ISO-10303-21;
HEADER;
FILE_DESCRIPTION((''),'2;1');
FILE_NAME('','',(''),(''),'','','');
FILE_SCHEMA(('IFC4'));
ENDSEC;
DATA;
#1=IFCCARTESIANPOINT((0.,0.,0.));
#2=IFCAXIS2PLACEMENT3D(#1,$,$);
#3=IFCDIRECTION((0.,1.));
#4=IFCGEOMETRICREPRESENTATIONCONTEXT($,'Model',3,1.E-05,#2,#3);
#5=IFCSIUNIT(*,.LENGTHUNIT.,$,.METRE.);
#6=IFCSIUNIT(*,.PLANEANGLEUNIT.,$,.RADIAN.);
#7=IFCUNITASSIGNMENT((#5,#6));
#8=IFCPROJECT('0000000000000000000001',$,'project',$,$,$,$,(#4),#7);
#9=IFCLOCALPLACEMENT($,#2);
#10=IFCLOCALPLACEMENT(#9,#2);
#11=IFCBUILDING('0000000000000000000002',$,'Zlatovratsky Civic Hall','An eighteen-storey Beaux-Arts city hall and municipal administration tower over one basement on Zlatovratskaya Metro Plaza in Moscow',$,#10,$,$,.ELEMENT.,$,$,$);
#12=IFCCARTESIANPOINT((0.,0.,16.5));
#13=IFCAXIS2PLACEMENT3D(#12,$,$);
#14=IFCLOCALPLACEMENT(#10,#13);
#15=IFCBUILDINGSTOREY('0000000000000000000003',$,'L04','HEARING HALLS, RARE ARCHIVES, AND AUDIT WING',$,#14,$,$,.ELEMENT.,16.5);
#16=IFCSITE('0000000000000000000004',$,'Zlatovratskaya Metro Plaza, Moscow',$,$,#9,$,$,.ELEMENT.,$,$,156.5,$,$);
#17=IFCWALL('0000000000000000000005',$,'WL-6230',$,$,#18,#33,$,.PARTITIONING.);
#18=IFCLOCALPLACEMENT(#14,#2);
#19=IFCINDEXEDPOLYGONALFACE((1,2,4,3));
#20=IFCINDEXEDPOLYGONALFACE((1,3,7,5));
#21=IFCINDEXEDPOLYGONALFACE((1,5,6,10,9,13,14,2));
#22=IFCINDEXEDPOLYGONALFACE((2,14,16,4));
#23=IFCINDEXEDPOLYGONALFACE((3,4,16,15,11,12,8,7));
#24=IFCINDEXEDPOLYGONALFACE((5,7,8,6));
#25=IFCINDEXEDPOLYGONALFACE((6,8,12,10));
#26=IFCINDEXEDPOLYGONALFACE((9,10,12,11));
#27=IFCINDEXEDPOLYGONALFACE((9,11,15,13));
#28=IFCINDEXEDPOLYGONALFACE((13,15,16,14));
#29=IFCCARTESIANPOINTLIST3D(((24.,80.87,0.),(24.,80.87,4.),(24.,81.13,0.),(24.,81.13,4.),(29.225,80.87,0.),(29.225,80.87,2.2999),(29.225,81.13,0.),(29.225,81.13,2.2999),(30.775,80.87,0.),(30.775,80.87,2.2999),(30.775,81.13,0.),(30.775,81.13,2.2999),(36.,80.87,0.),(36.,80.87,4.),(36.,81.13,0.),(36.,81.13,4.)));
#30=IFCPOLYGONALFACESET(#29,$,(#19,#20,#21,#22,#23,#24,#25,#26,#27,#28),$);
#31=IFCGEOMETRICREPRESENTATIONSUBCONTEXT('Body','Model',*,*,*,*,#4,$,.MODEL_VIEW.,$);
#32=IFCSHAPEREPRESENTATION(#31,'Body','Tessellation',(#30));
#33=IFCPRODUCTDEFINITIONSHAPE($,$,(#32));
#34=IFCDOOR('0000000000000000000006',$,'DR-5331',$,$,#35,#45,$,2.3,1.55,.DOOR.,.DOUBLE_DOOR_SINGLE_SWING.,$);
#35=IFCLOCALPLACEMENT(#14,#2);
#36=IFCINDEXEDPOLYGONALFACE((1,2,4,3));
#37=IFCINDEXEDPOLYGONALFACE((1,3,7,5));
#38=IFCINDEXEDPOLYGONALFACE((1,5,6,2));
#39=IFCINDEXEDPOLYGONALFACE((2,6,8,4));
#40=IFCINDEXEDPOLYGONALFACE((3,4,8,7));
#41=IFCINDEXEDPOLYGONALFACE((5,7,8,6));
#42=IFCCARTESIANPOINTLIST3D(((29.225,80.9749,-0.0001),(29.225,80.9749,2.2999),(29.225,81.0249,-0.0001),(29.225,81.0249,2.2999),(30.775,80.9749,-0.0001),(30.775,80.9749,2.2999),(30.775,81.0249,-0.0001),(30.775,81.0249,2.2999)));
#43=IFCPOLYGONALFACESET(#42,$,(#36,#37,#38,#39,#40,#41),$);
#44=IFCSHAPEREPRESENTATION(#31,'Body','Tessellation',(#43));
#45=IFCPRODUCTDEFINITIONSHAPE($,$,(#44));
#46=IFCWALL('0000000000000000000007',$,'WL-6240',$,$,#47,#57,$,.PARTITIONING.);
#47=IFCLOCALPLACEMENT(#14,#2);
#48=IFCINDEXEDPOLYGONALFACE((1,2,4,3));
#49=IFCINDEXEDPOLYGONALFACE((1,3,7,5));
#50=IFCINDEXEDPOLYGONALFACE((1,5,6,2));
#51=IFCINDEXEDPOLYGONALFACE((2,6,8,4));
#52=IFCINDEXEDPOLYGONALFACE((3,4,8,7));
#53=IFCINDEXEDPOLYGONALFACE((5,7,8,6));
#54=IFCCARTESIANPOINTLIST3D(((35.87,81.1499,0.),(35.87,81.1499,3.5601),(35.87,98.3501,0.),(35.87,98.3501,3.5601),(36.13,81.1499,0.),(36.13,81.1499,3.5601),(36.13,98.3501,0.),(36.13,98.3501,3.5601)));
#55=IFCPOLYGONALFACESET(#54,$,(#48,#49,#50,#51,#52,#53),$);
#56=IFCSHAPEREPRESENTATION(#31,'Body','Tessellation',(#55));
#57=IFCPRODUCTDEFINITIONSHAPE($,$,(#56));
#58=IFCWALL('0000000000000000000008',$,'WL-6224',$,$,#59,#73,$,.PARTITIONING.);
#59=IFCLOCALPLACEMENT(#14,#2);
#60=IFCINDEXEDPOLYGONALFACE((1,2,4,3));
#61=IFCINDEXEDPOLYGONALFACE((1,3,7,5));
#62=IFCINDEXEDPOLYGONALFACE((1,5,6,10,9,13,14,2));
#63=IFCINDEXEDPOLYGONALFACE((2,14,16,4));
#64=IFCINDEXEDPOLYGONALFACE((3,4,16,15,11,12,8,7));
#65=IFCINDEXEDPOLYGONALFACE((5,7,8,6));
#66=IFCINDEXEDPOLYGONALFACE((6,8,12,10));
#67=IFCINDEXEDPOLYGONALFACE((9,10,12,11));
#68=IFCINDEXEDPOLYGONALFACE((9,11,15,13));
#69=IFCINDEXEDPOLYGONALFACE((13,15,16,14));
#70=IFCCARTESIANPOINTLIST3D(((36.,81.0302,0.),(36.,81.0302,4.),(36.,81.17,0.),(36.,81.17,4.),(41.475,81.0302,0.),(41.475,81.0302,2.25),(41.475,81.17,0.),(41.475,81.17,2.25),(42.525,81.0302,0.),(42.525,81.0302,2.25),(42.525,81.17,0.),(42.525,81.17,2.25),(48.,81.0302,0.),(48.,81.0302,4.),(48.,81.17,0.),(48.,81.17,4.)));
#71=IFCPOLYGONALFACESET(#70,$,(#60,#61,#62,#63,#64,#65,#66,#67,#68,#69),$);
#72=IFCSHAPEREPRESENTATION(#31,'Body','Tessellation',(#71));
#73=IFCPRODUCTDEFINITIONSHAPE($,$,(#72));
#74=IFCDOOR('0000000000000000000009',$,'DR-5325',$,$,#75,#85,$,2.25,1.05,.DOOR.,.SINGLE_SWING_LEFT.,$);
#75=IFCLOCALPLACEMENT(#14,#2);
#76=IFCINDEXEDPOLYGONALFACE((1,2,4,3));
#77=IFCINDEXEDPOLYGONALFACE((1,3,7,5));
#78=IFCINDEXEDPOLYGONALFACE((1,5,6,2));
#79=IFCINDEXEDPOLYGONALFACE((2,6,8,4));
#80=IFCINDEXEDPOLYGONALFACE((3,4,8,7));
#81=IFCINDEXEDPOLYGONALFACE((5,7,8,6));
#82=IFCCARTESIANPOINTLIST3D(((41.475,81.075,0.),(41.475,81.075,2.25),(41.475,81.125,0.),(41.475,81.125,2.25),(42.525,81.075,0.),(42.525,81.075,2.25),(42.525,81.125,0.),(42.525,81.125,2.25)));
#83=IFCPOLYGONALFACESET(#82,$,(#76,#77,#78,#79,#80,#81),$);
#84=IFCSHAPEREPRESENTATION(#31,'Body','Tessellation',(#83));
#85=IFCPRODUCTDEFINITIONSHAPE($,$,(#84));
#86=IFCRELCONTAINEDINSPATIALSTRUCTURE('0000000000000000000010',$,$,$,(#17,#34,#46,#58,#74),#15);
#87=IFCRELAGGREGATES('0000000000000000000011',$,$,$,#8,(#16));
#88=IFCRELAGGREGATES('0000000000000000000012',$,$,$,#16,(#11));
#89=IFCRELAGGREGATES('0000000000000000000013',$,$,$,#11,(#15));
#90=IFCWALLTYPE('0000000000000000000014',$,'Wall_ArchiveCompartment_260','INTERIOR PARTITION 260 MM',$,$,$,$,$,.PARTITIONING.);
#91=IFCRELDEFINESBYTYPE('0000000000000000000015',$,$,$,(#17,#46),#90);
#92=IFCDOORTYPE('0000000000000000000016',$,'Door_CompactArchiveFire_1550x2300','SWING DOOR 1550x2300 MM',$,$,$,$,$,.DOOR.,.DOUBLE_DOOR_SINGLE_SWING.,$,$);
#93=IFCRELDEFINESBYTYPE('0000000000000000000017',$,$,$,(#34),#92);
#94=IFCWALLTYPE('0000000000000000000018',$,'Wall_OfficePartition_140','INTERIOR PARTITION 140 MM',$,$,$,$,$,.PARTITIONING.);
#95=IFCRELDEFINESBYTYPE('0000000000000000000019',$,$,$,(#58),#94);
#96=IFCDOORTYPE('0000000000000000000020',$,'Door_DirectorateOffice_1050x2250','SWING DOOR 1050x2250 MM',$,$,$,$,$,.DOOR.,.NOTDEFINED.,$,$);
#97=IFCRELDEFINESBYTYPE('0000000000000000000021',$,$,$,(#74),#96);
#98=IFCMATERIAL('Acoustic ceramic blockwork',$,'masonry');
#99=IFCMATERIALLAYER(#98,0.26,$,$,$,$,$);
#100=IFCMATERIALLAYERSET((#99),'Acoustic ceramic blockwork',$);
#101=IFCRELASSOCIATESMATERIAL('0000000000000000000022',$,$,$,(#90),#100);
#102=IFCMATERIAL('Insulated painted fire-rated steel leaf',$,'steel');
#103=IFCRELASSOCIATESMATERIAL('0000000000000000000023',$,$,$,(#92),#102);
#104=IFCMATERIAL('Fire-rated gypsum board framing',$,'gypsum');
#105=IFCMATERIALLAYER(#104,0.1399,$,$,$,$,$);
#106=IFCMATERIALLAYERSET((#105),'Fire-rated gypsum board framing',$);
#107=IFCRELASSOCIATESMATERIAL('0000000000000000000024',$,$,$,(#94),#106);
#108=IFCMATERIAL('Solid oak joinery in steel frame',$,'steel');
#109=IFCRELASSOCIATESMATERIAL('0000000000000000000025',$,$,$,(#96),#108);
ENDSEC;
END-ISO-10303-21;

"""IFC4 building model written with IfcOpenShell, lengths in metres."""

from ifc_helpers import new_model, si_unit, direction, frame, frame_2d, origin, place, context, subcontext, project, spatial, rectangle, extrude, material, layer, layer_set, type_object, element, fill, save


model = new_model("IFC4")

# Units and contexts
model_context = context("Model", 3, precision=1e-05, world=origin(), true_north=direction((0.0, 1.0)))
body_context = subcontext(model_context, "Body", "Model", "MODEL_VIEW")
ifc_project = project(units=[si_unit("LENGTHUNIT", "METRE"), si_unit("PLANEANGLEUNIT", "RADIAN")], contexts=[model_context])

# Site, building, storey
site_placement = place(None, origin())
site = spatial("IfcSite", under=ifc_project, at=site_placement, Name="Zlatovratskaya Metro Plaza, Moscow", CompositionType="ELEMENT", RefElevation=156.5)
building_placement = place(site_placement, origin())
building = spatial("IfcBuilding", under=site, at=building_placement, Name="Zlatovratsky Civic Hall", Description="An eighteen-storey Beaux-Arts city hall and municipal administration tower over one basement on Zlatovratskaya Metro Plaza in Moscow", CompositionType="ELEMENT")
storey_placement = place(building_placement, frame((0.0, 0.0, 16.5)))
storey = spatial("IfcBuildingStorey", under=building, at=storey_placement, Name="L04", Description="HEARING HALLS, RARE ARCHIVES, AND AUDIT WING", CompositionType="ELEMENT", Elevation=16.5)

# Wall, opening, door
ifc_material_1 = material(Name="Acoustic ceramic blockwork", Category="masonry")
ifc_layer_1 = layer(ifc_material_1, 0.26)
ifc_layer_set_1 = layer_set([ifc_layer_1], Name="Acoustic ceramic blockwork")
wall_type_1 = type_object("IfcWallType", Name="Wall_ArchiveCompartment_260", Description="INTERIOR PARTITION 260 MM", PredefinedType="PARTITIONING", material=ifc_layer_set_1)
wall_1_placement = place(storey_placement, frame((24.0, 81.0, 0.0), z_axis=(0.0, 0.0, 1.0), x_axis=(1.0, 0.0, 0.0)))
wall_1 = element("IfcWall", 1, at=wall_1_placement, inside=storey, type_object=wall_type_1, Name="WL-6230", PredefinedType="PARTITIONING", context=body_context, shape_type="SweptSolid", body=[
    extrude(rectangle(XDim=12.0, YDim=0.26, at=frame_2d((6.0, 0.0))), origin(), (0.0, 0.0, 1.0), 4.0),
])
opening_1_placement = place(wall_1_placement, frame((5.2251, 0.0, 0.0)))
opening_1 = element("IfcOpeningElement", 2, at=opening_1_placement, cuts=wall_1, PredefinedType="OPENING", context=body_context, shape_type="SweptSolid", body=[
    extrude(rectangle(XDim=1.55, YDim=2.3, at=frame_2d((0.7749, 1.1499))), frame((0.0, 0.145, 0.0), z_axis=(0.0, -1.0, 0.0), x_axis=(1.0, 0.0, 0.0)), (0.0, 0.0, 1.0), 0.2898),
])
ifc_material_2 = material(Name="Insulated painted fire-rated steel leaf", Category="steel")
door_type_1 = type_object("IfcDoorType", Name="Door_CompactArchiveFire_1550x2300", Description="SWING DOOR 1550x2300 MM", OperationType="DOUBLE_DOOR_SINGLE_SWING", PredefinedType="DOOR", material=ifc_material_2)
door_1_placement = place(opening_1_placement, origin())
door_1 = element("IfcDoor", 3, at=door_1_placement, inside=storey, type_object=door_type_1, Name="DR-5331", OperationType="DOUBLE_DOOR_SINGLE_SWING", OverallHeight=2.3, OverallWidth=1.55, PredefinedType="DOOR", context=body_context, shape_type="SweptSolid", body=[
    extrude(rectangle(XDim=1.55, YDim=2.3, at=frame_2d((0.7749, 1.1499))), frame((0.0, 0.0249, 0.0), z_axis=(0.0, -1.0, 0.0), x_axis=(1.0, 0.0, 0.0)), (0.0, 0.0, 1.0), 0.05),
])
fill(opening_1, door_1)

# Wall
wall_2_placement = place(storey_placement, frame((36.0, 81.1499, 0.0), z_axis=(0.0, 0.0, 1.0), x_axis=(0.0, 1.0, 0.0)))
element("IfcWall", 4, at=wall_2_placement, inside=storey, type_object=wall_type_1, Name="WL-6240", PredefinedType="PARTITIONING", context=body_context, shape_type="SweptSolid", body=[
    extrude(rectangle(XDim=17.2002, YDim=0.26, at=frame_2d((8.6001, 0.0))), origin(), (0.0, 0.0, 1.0), 3.5601),
])

# Wall, opening, door
ifc_material_3 = material(Name="Fire-rated gypsum board framing", Category="gypsum")
ifc_layer_2 = layer(ifc_material_3, 0.1399)
ifc_layer_set_2 = layer_set([ifc_layer_2], Name="Fire-rated gypsum board framing")
wall_type_2 = type_object("IfcWallType", Name="Wall_OfficePartition_140", Description="INTERIOR PARTITION 140 MM", PredefinedType="PARTITIONING", material=ifc_layer_set_2)
wall_3_placement = place(storey_placement, frame((36.0, 81.1001, 0.0), z_axis=(0.0, 0.0, 1.0), x_axis=(1.0, 0.0, 0.0)))
wall_3 = element("IfcWall", 5, at=wall_3_placement, inside=storey, type_object=wall_type_2, Name="WL-6224", PredefinedType="PARTITIONING", context=body_context, shape_type="SweptSolid", body=[
    extrude(rectangle(XDim=12.0, YDim=0.1399, at=frame_2d((6.0, 0.0))), origin(), (0.0, 0.0, 1.0), 4.0),
])
opening_2_placement = place(wall_3_placement, frame((5.4751, 0.0, 0.0)))
opening_2 = element("IfcOpeningElement", 6, at=opening_2_placement, cuts=wall_3, PredefinedType="OPENING", context=body_context, shape_type="SweptSolid", body=[
    extrude(rectangle(XDim=1.05, YDim=2.25, at=frame_2d((0.5249, 1.125))), frame((0.0, 0.085, 0.0), z_axis=(0.0, -1.0, 0.0), x_axis=(1.0, 0.0, 0.0)), (0.0, 0.0, 1.0), 0.1697),
])
ifc_material_4 = material(Name="Solid oak joinery in steel frame", Category="steel")
door_type_2 = type_object("IfcDoorType", Name="Door_DirectorateOffice_1050x2250", Description="SWING DOOR 1050x2250 MM", OperationType="NOTDEFINED", PredefinedType="DOOR", material=ifc_material_4)
door_2_placement = place(opening_2_placement, origin())
door_2 = element("IfcDoor", 7, at=door_2_placement, inside=storey, type_object=door_type_2, Name="DR-5325", OperationType="SINGLE_SWING_LEFT", OverallHeight=2.25, OverallWidth=1.05, PredefinedType="DOOR", context=body_context, shape_type="SweptSolid", body=[
    extrude(rectangle(XDim=1.05, YDim=2.25, at=frame_2d((0.5249, 1.125))), frame((0.0, 0.0249, 0.0), z_axis=(0.0, -1.0, 0.0), x_axis=(1.0, 0.0, 0.0)), (0.0, 0.0, 1.0), 0.05),
])
fill(opening_2, door_2)

save(model, "model.ifc")
